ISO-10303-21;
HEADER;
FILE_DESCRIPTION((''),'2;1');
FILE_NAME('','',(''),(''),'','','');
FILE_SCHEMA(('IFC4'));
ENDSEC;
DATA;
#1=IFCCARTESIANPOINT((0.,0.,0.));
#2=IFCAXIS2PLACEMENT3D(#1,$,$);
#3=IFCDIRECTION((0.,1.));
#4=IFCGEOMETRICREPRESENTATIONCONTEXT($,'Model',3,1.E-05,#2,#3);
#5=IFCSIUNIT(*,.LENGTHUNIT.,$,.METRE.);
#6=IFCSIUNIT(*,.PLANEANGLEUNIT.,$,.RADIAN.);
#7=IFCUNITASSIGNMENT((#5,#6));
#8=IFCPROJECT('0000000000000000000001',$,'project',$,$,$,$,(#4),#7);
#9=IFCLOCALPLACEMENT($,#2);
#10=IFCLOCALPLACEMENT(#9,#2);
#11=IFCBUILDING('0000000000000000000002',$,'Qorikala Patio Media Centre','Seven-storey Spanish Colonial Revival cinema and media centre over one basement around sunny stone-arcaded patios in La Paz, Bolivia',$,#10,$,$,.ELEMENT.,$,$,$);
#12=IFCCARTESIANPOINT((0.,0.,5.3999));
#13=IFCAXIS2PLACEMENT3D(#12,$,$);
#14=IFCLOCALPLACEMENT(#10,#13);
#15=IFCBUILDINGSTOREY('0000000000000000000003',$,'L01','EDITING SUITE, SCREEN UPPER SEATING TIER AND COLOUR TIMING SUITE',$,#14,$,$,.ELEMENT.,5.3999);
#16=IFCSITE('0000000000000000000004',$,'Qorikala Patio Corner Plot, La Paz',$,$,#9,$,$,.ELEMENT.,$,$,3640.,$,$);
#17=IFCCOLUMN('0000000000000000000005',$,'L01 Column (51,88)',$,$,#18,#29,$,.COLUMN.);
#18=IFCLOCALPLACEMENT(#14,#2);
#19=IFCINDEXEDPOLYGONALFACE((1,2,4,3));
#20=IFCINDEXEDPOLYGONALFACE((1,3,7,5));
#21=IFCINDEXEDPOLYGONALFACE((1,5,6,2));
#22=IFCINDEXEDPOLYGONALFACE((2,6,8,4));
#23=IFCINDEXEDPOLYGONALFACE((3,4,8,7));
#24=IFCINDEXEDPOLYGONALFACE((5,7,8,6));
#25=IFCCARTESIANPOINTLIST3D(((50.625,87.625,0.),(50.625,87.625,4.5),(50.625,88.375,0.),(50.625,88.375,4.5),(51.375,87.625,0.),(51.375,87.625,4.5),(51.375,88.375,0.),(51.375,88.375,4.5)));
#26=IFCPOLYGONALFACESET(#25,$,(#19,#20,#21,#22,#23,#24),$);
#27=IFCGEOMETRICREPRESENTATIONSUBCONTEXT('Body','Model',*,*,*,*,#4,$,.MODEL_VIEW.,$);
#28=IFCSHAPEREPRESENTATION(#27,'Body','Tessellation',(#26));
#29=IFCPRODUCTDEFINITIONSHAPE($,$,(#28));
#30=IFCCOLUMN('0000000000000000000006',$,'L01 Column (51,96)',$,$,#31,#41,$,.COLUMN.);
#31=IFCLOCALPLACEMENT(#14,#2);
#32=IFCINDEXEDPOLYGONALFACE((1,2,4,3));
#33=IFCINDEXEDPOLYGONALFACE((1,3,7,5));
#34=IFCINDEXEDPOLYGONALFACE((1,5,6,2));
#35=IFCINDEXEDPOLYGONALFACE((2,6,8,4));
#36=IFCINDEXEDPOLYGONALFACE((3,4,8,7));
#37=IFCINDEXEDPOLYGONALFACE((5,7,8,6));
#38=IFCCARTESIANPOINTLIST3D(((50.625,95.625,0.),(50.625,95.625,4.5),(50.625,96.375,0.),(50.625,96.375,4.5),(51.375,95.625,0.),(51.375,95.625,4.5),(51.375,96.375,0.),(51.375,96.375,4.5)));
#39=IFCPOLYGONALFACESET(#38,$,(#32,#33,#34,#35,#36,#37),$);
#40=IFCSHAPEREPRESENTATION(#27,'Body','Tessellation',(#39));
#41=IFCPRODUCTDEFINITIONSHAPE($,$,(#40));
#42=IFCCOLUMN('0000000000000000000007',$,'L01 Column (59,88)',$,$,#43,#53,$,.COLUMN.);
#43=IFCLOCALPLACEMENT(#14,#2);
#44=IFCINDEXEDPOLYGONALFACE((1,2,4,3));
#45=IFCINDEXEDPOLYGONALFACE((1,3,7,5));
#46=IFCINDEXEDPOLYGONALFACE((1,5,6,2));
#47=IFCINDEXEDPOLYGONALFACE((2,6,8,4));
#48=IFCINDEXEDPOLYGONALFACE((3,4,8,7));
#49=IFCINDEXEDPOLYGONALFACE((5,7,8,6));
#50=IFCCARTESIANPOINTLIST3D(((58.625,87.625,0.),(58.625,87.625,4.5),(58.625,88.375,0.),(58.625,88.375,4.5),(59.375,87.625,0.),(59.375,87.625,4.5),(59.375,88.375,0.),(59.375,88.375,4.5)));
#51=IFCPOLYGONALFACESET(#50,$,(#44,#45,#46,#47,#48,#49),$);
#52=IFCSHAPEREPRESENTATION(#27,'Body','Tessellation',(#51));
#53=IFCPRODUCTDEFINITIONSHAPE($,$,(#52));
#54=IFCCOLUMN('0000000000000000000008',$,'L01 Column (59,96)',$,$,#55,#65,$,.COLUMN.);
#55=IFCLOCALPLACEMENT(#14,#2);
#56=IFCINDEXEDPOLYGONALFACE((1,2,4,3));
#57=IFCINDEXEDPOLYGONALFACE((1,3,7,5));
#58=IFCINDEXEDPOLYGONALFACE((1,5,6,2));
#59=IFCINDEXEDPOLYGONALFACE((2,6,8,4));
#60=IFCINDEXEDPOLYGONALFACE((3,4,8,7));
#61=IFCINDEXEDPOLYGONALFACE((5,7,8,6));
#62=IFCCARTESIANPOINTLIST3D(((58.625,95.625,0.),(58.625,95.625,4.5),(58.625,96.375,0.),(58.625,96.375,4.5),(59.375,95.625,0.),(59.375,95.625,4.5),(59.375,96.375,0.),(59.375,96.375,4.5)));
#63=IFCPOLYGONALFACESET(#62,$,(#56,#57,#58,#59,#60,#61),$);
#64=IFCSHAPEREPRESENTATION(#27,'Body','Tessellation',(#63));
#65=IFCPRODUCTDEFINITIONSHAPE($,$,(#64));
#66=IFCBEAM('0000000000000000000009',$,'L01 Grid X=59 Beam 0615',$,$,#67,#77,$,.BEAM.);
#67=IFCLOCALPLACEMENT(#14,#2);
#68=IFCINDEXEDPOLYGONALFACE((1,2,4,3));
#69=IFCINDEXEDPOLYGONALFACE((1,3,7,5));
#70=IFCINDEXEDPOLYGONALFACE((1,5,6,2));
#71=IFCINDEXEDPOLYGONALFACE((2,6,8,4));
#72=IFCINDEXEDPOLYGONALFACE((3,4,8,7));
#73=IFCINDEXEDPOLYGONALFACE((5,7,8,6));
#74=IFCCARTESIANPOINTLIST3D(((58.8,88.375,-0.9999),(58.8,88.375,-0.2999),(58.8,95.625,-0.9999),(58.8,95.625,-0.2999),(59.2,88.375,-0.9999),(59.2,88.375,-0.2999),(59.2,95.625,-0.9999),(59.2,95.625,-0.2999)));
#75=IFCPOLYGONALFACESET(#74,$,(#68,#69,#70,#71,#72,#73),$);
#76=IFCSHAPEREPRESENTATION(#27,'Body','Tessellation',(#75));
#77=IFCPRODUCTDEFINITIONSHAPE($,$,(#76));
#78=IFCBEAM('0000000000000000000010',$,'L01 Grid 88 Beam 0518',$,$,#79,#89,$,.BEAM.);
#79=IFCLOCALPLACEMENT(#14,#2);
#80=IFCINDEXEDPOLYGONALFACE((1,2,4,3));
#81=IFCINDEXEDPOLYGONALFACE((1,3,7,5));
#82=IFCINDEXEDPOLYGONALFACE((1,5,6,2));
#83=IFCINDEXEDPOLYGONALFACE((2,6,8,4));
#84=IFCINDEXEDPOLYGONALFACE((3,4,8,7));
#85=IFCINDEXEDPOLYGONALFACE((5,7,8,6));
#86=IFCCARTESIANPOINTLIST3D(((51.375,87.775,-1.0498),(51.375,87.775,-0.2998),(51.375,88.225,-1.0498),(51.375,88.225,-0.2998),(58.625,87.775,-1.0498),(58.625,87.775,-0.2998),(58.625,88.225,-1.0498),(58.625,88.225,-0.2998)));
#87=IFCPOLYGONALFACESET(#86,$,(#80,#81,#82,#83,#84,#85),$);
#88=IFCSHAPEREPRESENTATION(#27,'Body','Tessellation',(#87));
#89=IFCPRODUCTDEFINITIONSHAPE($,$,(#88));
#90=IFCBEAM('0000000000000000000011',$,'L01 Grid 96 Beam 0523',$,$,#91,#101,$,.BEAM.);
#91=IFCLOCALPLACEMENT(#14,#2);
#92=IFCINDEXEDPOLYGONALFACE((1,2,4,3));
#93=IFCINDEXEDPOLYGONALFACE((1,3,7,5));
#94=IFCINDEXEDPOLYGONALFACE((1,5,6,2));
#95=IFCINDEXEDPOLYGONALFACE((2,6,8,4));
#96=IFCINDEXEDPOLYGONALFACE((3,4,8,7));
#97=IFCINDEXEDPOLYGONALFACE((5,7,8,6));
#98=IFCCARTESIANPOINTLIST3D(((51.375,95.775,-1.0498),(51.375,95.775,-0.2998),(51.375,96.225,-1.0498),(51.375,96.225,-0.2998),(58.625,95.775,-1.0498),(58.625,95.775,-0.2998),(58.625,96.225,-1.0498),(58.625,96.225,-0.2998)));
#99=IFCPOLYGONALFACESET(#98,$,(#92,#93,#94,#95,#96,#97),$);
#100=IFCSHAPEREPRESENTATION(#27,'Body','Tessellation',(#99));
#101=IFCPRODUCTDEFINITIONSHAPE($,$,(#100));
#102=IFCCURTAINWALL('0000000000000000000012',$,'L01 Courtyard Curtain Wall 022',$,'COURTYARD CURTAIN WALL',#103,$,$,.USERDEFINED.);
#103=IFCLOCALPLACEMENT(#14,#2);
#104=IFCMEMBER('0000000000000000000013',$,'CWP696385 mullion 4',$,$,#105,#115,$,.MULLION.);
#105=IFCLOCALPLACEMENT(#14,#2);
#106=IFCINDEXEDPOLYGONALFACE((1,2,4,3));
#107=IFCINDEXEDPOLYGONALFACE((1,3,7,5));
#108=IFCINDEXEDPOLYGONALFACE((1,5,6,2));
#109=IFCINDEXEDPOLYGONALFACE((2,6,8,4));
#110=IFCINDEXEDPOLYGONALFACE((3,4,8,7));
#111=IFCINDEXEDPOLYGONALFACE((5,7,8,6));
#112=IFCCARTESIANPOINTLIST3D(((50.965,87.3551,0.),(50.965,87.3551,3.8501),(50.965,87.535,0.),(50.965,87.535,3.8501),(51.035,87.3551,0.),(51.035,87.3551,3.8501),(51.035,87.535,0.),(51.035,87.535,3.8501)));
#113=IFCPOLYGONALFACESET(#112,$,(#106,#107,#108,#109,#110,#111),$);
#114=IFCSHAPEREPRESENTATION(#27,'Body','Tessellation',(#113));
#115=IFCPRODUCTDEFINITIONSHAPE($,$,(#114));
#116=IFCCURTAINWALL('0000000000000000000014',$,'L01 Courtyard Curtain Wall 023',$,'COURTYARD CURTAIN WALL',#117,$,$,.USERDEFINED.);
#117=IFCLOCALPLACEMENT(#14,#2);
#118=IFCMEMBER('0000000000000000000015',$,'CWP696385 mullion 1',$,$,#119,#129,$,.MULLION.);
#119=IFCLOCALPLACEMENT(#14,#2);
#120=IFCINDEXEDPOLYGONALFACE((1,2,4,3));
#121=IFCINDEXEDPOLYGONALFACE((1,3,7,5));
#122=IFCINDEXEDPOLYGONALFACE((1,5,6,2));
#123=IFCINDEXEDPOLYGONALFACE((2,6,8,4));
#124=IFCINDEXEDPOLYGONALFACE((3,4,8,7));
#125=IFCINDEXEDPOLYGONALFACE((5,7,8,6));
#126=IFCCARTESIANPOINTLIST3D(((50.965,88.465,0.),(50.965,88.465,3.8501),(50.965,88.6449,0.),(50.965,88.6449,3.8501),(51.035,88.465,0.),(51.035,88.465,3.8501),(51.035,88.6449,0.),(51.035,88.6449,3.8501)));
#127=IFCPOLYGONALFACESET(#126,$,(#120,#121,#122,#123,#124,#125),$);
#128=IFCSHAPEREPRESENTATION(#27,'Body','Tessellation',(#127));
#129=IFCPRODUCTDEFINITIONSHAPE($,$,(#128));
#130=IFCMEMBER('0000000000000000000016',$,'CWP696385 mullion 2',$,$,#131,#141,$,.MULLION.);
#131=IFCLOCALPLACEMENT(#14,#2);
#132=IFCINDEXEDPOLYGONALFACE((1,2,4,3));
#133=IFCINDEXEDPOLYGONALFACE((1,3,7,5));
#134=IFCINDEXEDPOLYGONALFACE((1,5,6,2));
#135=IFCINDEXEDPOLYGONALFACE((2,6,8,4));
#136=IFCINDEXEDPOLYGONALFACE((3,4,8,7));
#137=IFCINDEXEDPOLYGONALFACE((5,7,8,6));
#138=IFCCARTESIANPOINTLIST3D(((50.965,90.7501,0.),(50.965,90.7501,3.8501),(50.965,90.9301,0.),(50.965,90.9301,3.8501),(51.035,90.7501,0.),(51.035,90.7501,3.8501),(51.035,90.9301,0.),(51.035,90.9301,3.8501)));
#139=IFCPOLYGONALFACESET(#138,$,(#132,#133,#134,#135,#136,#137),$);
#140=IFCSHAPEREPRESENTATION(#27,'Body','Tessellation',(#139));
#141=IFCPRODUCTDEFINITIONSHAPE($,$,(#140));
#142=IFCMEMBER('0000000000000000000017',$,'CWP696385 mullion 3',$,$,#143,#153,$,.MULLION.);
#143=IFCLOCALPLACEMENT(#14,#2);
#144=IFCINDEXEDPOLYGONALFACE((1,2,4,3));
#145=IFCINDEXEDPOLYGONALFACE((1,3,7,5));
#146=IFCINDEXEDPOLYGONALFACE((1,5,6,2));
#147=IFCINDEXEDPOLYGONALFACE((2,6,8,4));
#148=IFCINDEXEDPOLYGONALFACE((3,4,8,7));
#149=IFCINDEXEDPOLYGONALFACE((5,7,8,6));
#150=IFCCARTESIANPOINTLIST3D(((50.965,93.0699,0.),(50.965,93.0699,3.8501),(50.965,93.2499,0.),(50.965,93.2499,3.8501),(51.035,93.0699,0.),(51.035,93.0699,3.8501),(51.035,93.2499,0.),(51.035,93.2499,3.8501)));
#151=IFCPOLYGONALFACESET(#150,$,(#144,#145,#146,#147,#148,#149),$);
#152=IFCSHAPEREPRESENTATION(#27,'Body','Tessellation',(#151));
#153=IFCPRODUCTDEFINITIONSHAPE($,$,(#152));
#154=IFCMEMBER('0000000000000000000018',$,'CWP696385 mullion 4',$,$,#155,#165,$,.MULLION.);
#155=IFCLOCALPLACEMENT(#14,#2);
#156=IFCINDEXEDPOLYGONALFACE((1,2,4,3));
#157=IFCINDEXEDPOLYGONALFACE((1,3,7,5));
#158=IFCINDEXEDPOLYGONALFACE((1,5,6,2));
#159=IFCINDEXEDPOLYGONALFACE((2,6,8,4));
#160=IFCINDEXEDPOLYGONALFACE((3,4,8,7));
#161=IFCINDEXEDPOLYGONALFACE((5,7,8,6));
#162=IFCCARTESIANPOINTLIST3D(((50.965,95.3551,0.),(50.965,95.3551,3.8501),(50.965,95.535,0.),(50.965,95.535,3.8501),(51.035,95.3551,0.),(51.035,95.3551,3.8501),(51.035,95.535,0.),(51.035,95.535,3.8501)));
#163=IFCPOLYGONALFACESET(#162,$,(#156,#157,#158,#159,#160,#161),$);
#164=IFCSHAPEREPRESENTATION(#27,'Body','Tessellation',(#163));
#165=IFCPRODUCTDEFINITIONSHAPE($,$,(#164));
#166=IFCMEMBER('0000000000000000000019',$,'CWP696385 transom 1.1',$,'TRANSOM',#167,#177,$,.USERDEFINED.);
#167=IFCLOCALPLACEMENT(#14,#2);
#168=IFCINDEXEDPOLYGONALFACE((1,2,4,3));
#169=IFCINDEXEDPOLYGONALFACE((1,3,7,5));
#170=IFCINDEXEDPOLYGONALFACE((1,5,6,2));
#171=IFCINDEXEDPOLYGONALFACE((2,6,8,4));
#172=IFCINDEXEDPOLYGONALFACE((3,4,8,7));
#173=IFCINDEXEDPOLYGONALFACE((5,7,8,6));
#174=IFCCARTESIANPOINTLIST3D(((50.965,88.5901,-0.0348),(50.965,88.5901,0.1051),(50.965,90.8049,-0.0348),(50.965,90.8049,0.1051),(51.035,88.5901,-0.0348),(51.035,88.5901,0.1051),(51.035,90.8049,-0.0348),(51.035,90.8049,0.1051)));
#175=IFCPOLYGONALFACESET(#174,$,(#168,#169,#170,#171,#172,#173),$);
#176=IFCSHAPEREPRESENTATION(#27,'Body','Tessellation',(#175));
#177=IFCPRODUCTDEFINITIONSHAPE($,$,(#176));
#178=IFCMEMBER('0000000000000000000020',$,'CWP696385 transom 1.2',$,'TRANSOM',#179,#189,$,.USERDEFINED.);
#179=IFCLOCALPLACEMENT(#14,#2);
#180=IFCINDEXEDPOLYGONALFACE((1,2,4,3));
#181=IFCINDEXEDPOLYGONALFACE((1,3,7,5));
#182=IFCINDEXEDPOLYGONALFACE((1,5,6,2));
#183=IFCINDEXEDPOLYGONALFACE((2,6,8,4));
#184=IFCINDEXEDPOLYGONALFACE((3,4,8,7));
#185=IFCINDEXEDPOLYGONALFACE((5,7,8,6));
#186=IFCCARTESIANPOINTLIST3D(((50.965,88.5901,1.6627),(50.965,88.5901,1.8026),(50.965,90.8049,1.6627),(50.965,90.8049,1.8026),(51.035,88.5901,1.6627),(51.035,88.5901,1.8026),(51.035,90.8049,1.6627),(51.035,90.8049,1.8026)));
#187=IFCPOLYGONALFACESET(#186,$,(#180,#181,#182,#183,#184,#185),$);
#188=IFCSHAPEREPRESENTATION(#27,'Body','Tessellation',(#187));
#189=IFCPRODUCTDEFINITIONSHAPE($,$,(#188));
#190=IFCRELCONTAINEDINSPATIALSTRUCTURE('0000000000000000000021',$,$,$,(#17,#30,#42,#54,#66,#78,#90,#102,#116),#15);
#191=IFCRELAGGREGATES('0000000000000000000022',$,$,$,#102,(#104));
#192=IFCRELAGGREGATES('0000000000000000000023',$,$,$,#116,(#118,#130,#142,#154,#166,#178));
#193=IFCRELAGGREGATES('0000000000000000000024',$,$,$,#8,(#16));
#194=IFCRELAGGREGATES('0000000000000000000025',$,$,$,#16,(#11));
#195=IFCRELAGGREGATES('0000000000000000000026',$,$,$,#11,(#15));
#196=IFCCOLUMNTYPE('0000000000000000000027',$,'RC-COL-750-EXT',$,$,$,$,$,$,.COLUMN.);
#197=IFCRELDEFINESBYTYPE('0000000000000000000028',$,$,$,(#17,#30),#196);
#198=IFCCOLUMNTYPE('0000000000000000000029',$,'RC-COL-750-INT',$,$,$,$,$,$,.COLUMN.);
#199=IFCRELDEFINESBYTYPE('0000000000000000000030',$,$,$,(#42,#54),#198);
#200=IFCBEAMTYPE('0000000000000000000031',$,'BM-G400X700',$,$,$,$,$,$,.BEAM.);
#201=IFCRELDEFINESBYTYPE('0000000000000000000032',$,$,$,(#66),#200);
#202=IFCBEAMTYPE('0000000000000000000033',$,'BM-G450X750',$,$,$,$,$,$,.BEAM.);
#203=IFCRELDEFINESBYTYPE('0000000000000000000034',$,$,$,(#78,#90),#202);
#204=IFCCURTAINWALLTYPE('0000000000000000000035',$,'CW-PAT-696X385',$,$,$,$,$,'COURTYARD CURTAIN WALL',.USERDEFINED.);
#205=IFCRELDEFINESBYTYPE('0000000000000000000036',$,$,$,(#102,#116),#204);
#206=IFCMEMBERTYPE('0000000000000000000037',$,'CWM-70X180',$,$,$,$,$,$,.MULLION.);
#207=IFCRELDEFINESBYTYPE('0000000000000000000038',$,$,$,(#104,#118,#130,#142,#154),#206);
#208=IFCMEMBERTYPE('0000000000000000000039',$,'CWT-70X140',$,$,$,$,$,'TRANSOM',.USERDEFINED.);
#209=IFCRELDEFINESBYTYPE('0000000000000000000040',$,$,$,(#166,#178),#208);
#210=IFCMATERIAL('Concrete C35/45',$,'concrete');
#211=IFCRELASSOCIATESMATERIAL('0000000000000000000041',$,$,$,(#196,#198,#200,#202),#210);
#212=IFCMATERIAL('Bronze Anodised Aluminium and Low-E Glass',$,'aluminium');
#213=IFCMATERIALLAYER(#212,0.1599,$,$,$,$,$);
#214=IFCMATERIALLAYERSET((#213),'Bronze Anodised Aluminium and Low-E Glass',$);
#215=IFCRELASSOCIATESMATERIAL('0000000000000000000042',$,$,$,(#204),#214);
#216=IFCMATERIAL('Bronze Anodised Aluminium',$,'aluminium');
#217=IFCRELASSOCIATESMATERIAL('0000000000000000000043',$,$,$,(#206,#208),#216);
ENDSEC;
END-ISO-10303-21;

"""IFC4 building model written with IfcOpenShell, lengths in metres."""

from ifc_helpers import new_model, si_unit, direction, frame, origin, origin_2d, place, context, subcontext, project, spatial, rectangle, extrude, material, layer, layer_set, material_profile, profile_set, type_object, element, aggregate, save


model = new_model("IFC4")

# Units and contexts
model_context = context("Model", 3, precision=1e-05, world=origin(), true_north=direction((0.0, 1.0)))
body_context = subcontext(model_context, "Body", "Model", "MODEL_VIEW")
ifc_project = project(units=[si_unit("LENGTHUNIT", "METRE"), si_unit("PLANEANGLEUNIT", "RADIAN")], contexts=[model_context])

# Site, building, storey
site_placement = place(None, origin())
site = spatial("IfcSite", under=ifc_project, at=site_placement, Name="Qorikala Patio Corner Plot, La Paz", CompositionType="ELEMENT", RefElevation=3640.0)
building_placement = place(site_placement, origin())
building = spatial("IfcBuilding", under=site, at=building_placement, Name="Qorikala Patio Media Centre", Description="Seven-storey Spanish Colonial Revival cinema and media centre over one basement around sunny stone-arcaded patios in La Paz, Bolivia", CompositionType="ELEMENT")
storey_placement = place(building_placement, frame((0.0, 0.0, 5.3999)))
storey = spatial("IfcBuildingStorey", under=building, at=storey_placement, Name="L01", Description="EDITING SUITE, SCREEN UPPER SEATING TIER AND COLOUR TIMING SUITE", CompositionType="ELEMENT", Elevation=5.3999)

# Columns
ifc_material_1 = material(Name="Concrete C35/45", Category="concrete")
ifc_material_profile_1 = material_profile(ifc_material_1, rectangle(XDim=0.75, YDim=0.75, at=origin_2d()), Name="RC 750x750")
ifc_profile_set_1 = profile_set([ifc_material_profile_1], Name="Concrete C35/45")
column_type_1 = type_object("IfcColumnType", Name="RC-COL-750-EXT", PredefinedType="COLUMN", material=ifc_profile_set_1)
for number, where, z_axis, x_axis, name in (
    (1, (51.0, 88.0, 0.0), (0.0, 0.0, 1.0), (1.0, 0.0, 0.0), "L01 Column (51,88)"),
    (2, (51.0, 96.0, 0.0), (0.0, 0.0, 1.0), (1.0, 0.0, 0.0), "L01 Column (51,96)"),
):
    element("IfcColumn", number, at=place(storey_placement, frame(where, z_axis=z_axis, x_axis=x_axis)), inside=storey, type_object=column_type_1, Name=name, PredefinedType="COLUMN", context=body_context, shape_type="SweptSolid", body=[
        extrude(rectangle(XDim=0.75, YDim=0.75, at=origin_2d()), origin(), (0.0, 0.0, 1.0), 4.5),
    ])
ifc_material_profile_2 = material_profile(ifc_material_1, rectangle(XDim=0.75, YDim=0.75, at=origin_2d()), Name="RC 750x750")
ifc_profile_set_2 = profile_set([ifc_material_profile_2], Name="Concrete C35/45")
column_type_2 = type_object("IfcColumnType", Name="RC-COL-750-INT", PredefinedType="COLUMN", material=ifc_profile_set_2)
for number, where, z_axis, x_axis, name in (
    (3, (59.0, 88.0, 0.0), (0.0, 0.0, 1.0), (1.0, 0.0, 0.0), "L01 Column (59,88)"),
    (4, (59.0, 96.0, 0.0), (0.0, 0.0, 1.0), (1.0, 0.0, 0.0), "L01 Column (59,96)"),
):
    element("IfcColumn", number, at=place(storey_placement, frame(where, z_axis=z_axis, x_axis=x_axis)), inside=storey, type_object=column_type_2, Name=name, PredefinedType="COLUMN", context=body_context, shape_type="SweptSolid", body=[
        extrude(rectangle(XDim=0.75, YDim=0.75, at=origin_2d()), origin(), (0.0, 0.0, 1.0), 4.5),
    ])

# Beams
ifc_material_profile_3 = material_profile(ifc_material_1, rectangle(XDim=0.3999, YDim=0.7, at=origin_2d()), Name="RC 400x700")
ifc_profile_set_3 = profile_set([ifc_material_profile_3], Name="Concrete C35/45")
beam_type_1 = type_object("IfcBeamType", Name="BM-G400X700", PredefinedType="BEAM", material=ifc_profile_set_3)
beam_1_placement = place(storey_placement, frame((59.0, 88.375, -0.6499), z_axis=(0.0, 1.0, 0.0), x_axis=(-1.0, 0.0, 0.0)))
element("IfcBeam", 5, at=beam_1_placement, inside=storey, type_object=beam_type_1, Name="L01 Grid X=59 Beam 0615", PredefinedType="BEAM", context=body_context, shape_type="SweptSolid", body=[
    extrude(rectangle(XDim=0.3999, YDim=0.7, at=origin_2d()), origin(), (0.0, 0.0, 1.0), 7.25),
])
ifc_material_profile_4 = material_profile(ifc_material_1, rectangle(XDim=0.45, YDim=0.75, at=origin_2d()), Name="RC 450x750")
ifc_profile_set_4 = profile_set([ifc_material_profile_4], Name="Concrete C35/45")
beam_type_2 = type_object("IfcBeamType", Name="BM-G450X750", PredefinedType="BEAM", material=ifc_profile_set_4)
for number, where, z_axis, x_axis, name in (
    (6, (51.375, 88.0, -0.6748), (1.0, 0.0, 0.0), (0.0, 1.0, 0.0), "L01 Grid 88 Beam 0518"),
    (7, (51.375, 96.0, -0.6748), (1.0, 0.0, 0.0), (0.0, 1.0, 0.0), "L01 Grid 96 Beam 0523"),
):
    element("IfcBeam", number, at=place(storey_placement, frame(where, z_axis=z_axis, x_axis=x_axis)), inside=storey, type_object=beam_type_2, Name=name, PredefinedType="BEAM", context=body_context, shape_type="SweptSolid", body=[
        extrude(rectangle(XDim=0.45, YDim=0.75, at=origin_2d()), origin(), (0.0, 0.0, 1.0), 7.25),
    ])

# Curtain wall, member
ifc_material_2 = material(Name="Bronze Anodised Aluminium and Low-E Glass", Category="aluminium")
ifc_layer_1 = layer(ifc_material_2, 0.1599)
ifc_layer_set_1 = layer_set([ifc_layer_1], Name="Bronze Anodised Aluminium and Low-E Glass")
curtain_wall_type = type_object("IfcCurtainWallType", Name="CW-PAT-696X385", ElementType="COURTYARD CURTAIN WALL", PredefinedType="USERDEFINED", material=ifc_layer_set_1)
curtain_wall_1_placement = place(storey_placement, origin())
curtain_wall_1 = element("IfcCurtainWall", 8, at=curtain_wall_1_placement, inside=storey, type_object=curtain_wall_type, Name="L01 Courtyard Curtain Wall 022", ObjectType="COURTYARD CURTAIN WALL", PredefinedType="USERDEFINED")
ifc_material_3 = material(Name="Bronze Anodised Aluminium", Category="aluminium")
ifc_material_profile_5 = material_profile(ifc_material_3, rectangle(XDim=0.0701, YDim=0.1799, at=origin_2d()), Name="ALU MULLION 70x180")
ifc_profile_set_5 = profile_set([ifc_material_profile_5], Name="Bronze Anodised Aluminium")
member_type_1 = type_object("IfcMemberType", Name="CWM-70X180", PredefinedType="MULLION", material=ifc_profile_set_5)
member_1_placement = place(storey_placement, frame((51.0, 87.4451, 0.0), z_axis=(0.0, 0.0, 1.0), x_axis=(-1.0, 0.0, 0.0)))
member_1 = element("IfcMember", 9, at=member_1_placement, type_object=member_type_1, Name="CWP696385 mullion 4", PredefinedType="MULLION", context=body_context, shape_type="SweptSolid", body=[
    extrude(rectangle(XDim=0.0701, YDim=0.1799, at=origin_2d()), origin(), (0.0, 0.0, 1.0), 3.8501),
])
aggregate(curtain_wall_1, [member_1])

# Curtain wall, members
curtain_wall_2_placement = place(storey_placement, origin())
curtain_wall_2 = element("IfcCurtainWall", 10, at=curtain_wall_2_placement, inside=storey, type_object=curtain_wall_type, Name="L01 Courtyard Curtain Wall 023", ObjectType="COURTYARD CURTAIN WALL", PredefinedType="USERDEFINED")
member_2_placement = place(storey_placement, frame((51.0, 88.5549, 0.0), z_axis=(0.0, 0.0, 1.0), x_axis=(-1.0, 0.0, 0.0)))
member_2 = element("IfcMember", 11, at=member_2_placement, type_object=member_type_1, Name="CWP696385 mullion 1", PredefinedType="MULLION", context=body_context, shape_type="SweptSolid", body=[
    extrude(rectangle(XDim=0.0701, YDim=0.1799, at=origin_2d()), origin(), (0.0, 0.0, 1.0), 3.8501),
])
member_3_placement = place(storey_placement, frame((51.0, 90.8401, 0.0), z_axis=(0.0, 0.0, 1.0), x_axis=(-1.0, 0.0, 0.0)))
member_3 = element("IfcMember", 12, at=member_3_placement, type_object=member_type_1, Name="CWP696385 mullion 2", PredefinedType="MULLION", context=body_context, shape_type="SweptSolid", body=[
    extrude(rectangle(XDim=0.0701, YDim=0.1799, at=origin_2d()), origin(), (0.0, 0.0, 1.0), 3.8501),
])
member_4_placement = place(storey_placement, frame((51.0, 93.1599, 0.0), z_axis=(0.0, 0.0, 1.0), x_axis=(-1.0, 0.0, 0.0)))
member_4 = element("IfcMember", 13, at=member_4_placement, type_object=member_type_1, Name="CWP696385 mullion 3", PredefinedType="MULLION", context=body_context, shape_type="SweptSolid", body=[
    extrude(rectangle(XDim=0.0701, YDim=0.1799, at=origin_2d()), origin(), (0.0, 0.0, 1.0), 3.8501),
])
member_5_placement = place(storey_placement, frame((51.0, 95.4451, 0.0), z_axis=(0.0, 0.0, 1.0), x_axis=(-1.0, 0.0, 0.0)))
member_5 = element("IfcMember", 14, at=member_5_placement, type_object=member_type_1, Name="CWP696385 mullion 4", PredefinedType="MULLION", context=body_context, shape_type="SweptSolid", body=[
    extrude(rectangle(XDim=0.0701, YDim=0.1799, at=origin_2d()), origin(), (0.0, 0.0, 1.0), 3.8501),
])
ifc_material_profile_6 = material_profile(ifc_material_3, rectangle(XDim=0.0701, YDim=0.1399, at=origin_2d()), Name="ALU TRANSOM 70x140")
ifc_profile_set_6 = profile_set([ifc_material_profile_6], Name="Bronze Anodised Aluminium")
member_type_2 = type_object("IfcMemberType", Name="CWT-70X140", ElementType="TRANSOM", PredefinedType="USERDEFINED", material=ifc_profile_set_6)
member_6_placement = place(storey_placement, frame((51.0, 88.5901, 0.0352), z_axis=(0.0, 1.0, 0.0), x_axis=(-1.0, 0.0, 0.0)))
member_6 = element("IfcMember", 15, at=member_6_placement, type_object=member_type_2, Name="CWP696385 transom 1.1", ObjectType="TRANSOM", PredefinedType="USERDEFINED", context=body_context, shape_type="SweptSolid", body=[
    extrude(rectangle(XDim=0.0701, YDim=0.1399, at=origin_2d()), origin(), (0.0, 0.0, 1.0), 2.2148),
])
member_7_placement = place(storey_placement, frame((51.0, 88.5901, 1.7327), z_axis=(0.0, 1.0, 0.0), x_axis=(-1.0, 0.0, 0.0)))
member_7 = element("IfcMember", 16, at=member_7_placement, type_object=member_type_2, Name="CWP696385 transom 1.2", ObjectType="TRANSOM", PredefinedType="USERDEFINED", context=body_context, shape_type="SweptSolid", body=[
    extrude(rectangle(XDim=0.0701, YDim=0.1399, at=origin_2d()), origin(), (0.0, 0.0, 1.0), 2.2148),
])

aggregate(curtain_wall_2, [member_2, member_3, member_4, member_5, member_6, member_7])

save(model, "model.ifc")
